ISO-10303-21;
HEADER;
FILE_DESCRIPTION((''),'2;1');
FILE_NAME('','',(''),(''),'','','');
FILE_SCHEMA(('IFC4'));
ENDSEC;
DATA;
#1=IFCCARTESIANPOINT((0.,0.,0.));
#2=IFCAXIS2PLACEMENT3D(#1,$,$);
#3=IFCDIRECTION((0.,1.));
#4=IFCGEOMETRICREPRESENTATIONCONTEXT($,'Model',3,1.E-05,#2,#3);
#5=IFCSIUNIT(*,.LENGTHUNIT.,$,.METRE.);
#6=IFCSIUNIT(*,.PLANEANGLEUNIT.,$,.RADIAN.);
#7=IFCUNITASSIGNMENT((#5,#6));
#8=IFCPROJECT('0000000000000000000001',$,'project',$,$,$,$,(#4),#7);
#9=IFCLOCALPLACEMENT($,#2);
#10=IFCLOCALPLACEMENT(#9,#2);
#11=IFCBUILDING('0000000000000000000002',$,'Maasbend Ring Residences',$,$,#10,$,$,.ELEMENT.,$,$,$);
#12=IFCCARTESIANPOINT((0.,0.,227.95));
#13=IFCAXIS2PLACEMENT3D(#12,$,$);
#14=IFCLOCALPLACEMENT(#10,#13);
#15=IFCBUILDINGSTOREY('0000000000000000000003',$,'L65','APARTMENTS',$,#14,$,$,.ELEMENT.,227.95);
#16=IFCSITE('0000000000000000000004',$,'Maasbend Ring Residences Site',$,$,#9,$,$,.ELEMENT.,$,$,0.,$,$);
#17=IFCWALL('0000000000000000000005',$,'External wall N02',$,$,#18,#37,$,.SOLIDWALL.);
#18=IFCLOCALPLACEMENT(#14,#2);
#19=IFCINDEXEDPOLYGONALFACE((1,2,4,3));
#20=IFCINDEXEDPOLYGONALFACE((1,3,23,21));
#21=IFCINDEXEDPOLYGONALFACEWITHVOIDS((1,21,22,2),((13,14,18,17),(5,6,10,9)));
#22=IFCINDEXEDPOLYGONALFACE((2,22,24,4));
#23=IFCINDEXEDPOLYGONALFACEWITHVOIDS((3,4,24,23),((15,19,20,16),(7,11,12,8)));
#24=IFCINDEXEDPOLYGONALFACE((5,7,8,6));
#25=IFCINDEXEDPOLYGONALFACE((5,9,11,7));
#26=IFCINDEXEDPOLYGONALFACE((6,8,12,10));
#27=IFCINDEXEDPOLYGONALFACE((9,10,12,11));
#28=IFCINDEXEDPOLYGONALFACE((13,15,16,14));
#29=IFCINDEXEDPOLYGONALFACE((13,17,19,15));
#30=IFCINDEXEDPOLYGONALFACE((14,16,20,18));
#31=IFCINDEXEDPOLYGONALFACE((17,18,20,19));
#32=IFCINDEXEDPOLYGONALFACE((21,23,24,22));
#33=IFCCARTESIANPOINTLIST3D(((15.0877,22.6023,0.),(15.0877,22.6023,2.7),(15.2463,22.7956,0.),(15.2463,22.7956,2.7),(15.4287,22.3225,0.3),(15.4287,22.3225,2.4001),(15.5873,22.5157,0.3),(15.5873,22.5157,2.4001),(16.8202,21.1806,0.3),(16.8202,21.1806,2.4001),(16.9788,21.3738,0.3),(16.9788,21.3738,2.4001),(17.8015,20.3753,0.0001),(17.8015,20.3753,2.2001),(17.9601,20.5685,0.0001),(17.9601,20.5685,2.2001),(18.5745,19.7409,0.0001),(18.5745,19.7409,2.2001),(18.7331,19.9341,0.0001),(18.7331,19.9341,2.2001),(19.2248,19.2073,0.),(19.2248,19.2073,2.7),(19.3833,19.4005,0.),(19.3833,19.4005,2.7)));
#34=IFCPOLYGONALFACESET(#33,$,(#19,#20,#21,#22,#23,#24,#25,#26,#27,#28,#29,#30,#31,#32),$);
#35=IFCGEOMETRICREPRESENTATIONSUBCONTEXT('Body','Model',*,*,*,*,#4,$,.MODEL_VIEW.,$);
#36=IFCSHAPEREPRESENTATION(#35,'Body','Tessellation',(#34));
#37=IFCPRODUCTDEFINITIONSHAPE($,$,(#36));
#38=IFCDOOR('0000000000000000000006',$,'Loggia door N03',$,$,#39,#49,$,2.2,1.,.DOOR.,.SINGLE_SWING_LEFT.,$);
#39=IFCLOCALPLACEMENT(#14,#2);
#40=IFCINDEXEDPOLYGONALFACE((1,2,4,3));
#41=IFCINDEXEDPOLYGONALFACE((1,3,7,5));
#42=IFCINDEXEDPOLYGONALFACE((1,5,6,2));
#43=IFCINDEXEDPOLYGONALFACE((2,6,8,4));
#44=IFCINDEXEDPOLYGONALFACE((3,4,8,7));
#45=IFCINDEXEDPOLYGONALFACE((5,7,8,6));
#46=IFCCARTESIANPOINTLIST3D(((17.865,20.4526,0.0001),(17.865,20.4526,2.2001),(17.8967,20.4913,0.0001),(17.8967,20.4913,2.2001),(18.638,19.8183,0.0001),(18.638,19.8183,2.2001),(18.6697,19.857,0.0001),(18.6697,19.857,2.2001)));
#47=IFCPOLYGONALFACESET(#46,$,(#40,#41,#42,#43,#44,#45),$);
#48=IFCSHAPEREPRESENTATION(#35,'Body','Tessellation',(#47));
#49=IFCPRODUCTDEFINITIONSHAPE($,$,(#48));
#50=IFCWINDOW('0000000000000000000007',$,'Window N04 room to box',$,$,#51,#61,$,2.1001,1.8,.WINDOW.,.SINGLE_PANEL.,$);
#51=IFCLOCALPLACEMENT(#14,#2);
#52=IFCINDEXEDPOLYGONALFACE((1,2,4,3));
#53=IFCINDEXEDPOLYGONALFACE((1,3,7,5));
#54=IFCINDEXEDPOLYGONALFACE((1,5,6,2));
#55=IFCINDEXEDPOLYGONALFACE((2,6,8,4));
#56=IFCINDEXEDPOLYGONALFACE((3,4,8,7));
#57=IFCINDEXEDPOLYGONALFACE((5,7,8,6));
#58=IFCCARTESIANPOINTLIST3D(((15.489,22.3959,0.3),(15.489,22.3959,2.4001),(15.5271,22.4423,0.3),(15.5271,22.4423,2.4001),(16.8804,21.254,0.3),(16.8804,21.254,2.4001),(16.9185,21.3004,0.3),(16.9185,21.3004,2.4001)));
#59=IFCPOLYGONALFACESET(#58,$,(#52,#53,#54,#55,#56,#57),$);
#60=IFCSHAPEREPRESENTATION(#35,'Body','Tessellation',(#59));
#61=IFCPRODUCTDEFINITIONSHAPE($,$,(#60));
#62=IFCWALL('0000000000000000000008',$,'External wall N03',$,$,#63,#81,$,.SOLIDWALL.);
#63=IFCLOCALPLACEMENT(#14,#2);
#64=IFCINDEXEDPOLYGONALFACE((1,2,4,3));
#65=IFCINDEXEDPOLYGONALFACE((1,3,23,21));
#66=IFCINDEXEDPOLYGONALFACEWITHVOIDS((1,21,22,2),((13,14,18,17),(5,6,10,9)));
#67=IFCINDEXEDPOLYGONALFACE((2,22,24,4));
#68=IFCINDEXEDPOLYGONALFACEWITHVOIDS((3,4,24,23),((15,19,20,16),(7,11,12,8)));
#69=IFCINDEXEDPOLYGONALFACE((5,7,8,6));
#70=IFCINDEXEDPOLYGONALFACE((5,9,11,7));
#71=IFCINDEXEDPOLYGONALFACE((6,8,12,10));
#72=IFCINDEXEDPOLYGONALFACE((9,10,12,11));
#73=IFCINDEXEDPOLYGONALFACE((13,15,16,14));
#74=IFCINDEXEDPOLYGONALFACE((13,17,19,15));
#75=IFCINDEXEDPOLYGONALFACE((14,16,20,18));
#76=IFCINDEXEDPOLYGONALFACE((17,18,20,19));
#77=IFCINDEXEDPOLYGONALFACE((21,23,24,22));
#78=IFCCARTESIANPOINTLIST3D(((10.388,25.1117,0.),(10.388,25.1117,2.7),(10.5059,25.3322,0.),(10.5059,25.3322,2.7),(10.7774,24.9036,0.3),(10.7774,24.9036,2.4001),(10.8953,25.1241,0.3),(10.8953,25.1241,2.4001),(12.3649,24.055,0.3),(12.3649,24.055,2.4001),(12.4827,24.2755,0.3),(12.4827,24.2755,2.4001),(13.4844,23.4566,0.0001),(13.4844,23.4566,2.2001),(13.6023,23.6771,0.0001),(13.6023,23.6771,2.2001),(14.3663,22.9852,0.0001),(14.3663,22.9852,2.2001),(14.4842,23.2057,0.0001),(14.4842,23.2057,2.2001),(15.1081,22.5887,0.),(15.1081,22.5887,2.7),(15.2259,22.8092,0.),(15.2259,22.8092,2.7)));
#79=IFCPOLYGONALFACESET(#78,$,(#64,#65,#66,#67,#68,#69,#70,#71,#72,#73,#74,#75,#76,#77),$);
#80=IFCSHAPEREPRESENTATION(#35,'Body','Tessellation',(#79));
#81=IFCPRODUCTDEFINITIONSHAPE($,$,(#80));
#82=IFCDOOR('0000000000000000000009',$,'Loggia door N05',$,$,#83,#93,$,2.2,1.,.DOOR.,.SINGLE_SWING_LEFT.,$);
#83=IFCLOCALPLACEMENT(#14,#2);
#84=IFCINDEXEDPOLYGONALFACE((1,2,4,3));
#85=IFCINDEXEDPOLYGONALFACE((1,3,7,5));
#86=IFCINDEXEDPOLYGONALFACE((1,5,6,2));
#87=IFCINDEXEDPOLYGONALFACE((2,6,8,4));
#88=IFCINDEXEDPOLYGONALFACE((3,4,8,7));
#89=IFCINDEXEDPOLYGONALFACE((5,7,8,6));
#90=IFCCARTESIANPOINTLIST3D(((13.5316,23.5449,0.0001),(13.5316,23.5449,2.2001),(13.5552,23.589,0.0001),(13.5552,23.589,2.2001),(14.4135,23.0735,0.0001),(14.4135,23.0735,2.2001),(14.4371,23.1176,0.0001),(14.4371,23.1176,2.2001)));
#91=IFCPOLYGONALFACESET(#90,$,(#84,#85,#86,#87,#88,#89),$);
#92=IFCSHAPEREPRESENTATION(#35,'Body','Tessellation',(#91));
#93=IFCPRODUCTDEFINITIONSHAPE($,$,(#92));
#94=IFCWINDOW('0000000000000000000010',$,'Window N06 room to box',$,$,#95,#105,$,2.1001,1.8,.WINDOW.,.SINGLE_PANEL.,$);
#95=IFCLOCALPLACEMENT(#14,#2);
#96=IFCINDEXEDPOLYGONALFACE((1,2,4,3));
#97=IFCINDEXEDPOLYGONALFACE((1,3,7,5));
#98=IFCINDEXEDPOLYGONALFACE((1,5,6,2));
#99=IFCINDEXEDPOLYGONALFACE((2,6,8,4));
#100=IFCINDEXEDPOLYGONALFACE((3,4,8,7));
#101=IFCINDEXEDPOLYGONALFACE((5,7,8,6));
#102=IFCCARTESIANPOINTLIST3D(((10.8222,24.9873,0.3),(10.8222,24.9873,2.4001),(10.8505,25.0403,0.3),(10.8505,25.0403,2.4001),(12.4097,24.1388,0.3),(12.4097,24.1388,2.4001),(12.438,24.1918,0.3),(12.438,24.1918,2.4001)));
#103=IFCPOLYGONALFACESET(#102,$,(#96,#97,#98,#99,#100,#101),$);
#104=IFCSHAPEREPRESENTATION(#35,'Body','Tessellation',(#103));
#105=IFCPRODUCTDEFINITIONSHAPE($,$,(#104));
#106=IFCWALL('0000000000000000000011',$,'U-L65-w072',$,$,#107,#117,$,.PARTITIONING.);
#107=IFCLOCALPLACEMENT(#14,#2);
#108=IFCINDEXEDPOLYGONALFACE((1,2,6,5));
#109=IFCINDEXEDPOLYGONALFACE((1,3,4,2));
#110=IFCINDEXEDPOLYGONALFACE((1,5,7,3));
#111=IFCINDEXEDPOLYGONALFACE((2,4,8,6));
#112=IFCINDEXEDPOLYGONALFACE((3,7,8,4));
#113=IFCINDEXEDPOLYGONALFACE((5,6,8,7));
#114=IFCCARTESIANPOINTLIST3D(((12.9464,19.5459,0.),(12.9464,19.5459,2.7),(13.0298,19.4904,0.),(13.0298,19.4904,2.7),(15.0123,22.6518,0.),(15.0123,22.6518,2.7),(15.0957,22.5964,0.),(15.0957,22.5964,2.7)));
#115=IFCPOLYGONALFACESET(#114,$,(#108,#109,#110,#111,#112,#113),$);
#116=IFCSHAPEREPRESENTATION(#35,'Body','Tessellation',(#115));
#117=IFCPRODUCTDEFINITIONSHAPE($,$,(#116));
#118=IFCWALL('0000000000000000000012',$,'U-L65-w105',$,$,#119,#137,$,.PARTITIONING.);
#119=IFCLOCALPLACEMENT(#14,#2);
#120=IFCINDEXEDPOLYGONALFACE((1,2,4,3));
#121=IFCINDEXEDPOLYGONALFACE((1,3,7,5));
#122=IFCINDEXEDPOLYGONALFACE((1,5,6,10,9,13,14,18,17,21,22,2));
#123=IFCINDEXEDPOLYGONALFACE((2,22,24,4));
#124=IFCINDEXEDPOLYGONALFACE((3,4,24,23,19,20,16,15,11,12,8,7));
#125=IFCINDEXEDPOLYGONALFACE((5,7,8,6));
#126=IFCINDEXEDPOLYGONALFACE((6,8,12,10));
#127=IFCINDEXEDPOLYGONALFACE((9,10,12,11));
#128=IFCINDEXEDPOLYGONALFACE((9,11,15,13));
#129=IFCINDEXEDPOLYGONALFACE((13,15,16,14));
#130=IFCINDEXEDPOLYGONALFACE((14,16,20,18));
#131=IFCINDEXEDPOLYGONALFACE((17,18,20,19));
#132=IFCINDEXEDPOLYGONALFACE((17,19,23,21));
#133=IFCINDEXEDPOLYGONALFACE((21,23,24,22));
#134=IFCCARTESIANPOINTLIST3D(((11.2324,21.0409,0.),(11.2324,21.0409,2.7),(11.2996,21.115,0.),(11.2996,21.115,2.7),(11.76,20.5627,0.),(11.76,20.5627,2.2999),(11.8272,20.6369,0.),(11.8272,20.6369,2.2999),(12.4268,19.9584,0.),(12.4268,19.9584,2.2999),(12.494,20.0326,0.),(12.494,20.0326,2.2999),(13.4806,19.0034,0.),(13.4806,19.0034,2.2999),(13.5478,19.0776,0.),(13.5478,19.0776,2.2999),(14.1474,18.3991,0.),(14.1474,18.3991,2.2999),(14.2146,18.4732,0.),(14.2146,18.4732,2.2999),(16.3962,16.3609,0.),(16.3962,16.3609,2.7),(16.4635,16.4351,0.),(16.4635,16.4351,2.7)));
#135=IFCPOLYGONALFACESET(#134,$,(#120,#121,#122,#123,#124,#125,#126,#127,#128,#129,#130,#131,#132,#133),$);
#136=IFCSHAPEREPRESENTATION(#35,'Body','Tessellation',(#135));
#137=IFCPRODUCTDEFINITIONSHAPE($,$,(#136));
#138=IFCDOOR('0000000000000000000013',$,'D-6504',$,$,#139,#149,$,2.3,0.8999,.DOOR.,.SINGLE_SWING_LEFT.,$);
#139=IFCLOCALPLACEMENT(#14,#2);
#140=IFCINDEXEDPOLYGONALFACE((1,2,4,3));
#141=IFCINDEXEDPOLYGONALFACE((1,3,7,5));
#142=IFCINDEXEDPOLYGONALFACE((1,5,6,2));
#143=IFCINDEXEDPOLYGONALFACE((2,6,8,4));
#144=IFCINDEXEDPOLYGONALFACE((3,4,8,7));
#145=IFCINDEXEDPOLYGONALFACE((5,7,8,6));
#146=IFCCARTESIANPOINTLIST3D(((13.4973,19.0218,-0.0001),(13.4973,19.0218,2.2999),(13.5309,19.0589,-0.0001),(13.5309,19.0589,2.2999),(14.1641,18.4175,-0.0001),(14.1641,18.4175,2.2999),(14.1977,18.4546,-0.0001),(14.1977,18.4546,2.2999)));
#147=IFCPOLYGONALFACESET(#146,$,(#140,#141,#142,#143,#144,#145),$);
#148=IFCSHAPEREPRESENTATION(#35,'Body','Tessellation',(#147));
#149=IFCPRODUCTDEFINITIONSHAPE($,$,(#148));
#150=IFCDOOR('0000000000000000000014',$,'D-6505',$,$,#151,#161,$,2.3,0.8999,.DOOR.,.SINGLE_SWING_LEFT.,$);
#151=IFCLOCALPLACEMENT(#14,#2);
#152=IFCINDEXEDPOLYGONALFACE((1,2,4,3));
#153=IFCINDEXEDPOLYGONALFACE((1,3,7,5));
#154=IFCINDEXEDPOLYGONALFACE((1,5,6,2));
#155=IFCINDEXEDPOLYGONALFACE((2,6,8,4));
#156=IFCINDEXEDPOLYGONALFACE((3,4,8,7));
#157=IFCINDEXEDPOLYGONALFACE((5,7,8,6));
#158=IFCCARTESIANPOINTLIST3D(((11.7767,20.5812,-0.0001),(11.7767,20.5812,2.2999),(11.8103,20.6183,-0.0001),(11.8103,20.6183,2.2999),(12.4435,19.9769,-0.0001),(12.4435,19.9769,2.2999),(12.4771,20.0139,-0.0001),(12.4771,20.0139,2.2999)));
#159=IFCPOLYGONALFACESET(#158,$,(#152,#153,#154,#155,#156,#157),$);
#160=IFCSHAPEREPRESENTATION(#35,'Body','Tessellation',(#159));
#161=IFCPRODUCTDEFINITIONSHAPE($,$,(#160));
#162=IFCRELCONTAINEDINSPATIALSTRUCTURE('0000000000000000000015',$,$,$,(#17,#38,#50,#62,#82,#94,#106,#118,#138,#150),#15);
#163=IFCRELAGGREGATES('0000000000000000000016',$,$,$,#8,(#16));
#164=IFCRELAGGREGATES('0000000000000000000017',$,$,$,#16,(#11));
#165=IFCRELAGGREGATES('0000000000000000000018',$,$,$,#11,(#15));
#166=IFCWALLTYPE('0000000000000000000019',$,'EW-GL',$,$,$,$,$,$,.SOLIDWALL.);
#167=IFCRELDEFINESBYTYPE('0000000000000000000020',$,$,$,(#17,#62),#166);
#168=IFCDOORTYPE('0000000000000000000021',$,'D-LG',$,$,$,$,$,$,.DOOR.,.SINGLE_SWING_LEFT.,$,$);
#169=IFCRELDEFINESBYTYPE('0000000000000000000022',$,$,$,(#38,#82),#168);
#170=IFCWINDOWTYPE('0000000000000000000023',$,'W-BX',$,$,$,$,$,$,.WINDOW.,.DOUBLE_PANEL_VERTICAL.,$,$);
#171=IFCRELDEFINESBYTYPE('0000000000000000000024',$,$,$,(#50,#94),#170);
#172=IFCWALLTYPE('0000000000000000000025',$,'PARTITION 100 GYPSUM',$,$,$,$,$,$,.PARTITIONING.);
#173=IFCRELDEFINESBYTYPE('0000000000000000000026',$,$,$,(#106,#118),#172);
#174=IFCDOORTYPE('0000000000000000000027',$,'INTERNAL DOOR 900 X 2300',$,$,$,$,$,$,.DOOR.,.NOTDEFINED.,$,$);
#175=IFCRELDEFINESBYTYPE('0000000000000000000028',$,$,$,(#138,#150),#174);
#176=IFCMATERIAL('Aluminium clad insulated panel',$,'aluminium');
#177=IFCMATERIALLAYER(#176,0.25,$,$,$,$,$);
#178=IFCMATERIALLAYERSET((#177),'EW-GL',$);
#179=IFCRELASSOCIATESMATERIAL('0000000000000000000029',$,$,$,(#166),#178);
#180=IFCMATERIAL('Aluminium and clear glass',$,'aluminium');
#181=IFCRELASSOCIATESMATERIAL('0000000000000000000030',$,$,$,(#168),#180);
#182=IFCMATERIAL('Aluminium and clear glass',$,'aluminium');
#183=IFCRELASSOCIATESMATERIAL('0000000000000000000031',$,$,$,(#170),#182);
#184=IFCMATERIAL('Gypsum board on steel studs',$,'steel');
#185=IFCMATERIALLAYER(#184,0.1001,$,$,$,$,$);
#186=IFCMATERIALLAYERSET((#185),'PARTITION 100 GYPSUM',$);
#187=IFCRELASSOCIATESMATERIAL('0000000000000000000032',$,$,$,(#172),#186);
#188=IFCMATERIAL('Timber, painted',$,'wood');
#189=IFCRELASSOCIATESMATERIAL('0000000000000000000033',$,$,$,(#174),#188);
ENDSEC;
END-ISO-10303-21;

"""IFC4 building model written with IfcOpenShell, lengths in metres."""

from ifc_helpers import new_model, si_unit, direction, frame, frame_2d, origin, place, context, subcontext, project, spatial, rectangle, extrude, material, layer, layer_set, type_object, element, fill, save


model = new_model("IFC4")

# Units and contexts
model_context = context("Model", 3, precision=1e-05, world=origin(), true_north=direction((0.0, 1.0)))
body_context = subcontext(model_context, "Body", "Model", "MODEL_VIEW")
ifc_project = project(units=[si_unit("LENGTHUNIT", "METRE"), si_unit("PLANEANGLEUNIT", "RADIAN")], contexts=[model_context])

# Site, building, storey
site_placement = place(None, origin())
site = spatial("IfcSite", under=ifc_project, at=site_placement, Name="Maasbend Ring Residences Site", CompositionType="ELEMENT", RefElevation=0.0)
building_placement = place(site_placement, origin())
building = spatial("IfcBuilding", under=site, at=building_placement, Name="Maasbend Ring Residences", CompositionType="ELEMENT")
storey_placement = place(building_placement, frame((0.0, 0.0, 227.95)))
storey = spatial("IfcBuildingStorey", under=building, at=storey_placement, Name="L65", Description="APARTMENTS", CompositionType="ELEMENT", Elevation=227.95)

# Walls, openings, doors, windows
ifc_material_1 = material(Name="Aluminium clad insulated panel", Category="aluminium")
ifc_layer_1 = layer(ifc_material_1, 0.25)
ifc_layer_set_1 = layer_set([ifc_layer_1], Name="EW-GL")
wall_type_1 = type_object("IfcWallType", Name="EW-GL", PredefinedType="SOLIDWALL", material=ifc_layer_set_1)
wall_1_placement = place(storey_placement, frame((19.304, 19.304, 0.0), z_axis=(0.0, 0.0, 1.0), x_axis=(-0.773019, 0.634382, 0.0)))
wall_1 = element("IfcWall", 1, at=wall_1_placement, inside=storey, type_object=wall_type_1, Name="External wall N02", PredefinedType="SOLIDWALL", context=body_context, shape_type="SweptSolid", body=[
    extrude(rectangle(XDim=5.3518, YDim=0.25, at=frame_2d((2.6758, 0.0))), origin(), (0.0, 0.0, 1.0), 2.7),
])
opening_1_placement = place(wall_1_placement, frame((0.8411, 0.0, 0.0)))
opening_1 = element("IfcOpeningElement", 2, at=opening_1_placement, cuts=wall_1, PredefinedType="OPENING", context=body_context, shape_type="SweptSolid", body=[
    extrude(rectangle(XDim=1.0, YDim=2.2, at=frame_2d((0.5, 1.1001))), frame((0.0, 0.135, 0.0), z_axis=(0.0, -1.0, 0.0), x_axis=(1.0, 0.0, 0.0)), (0.0, 0.0, 1.0), 0.27),
])
opening_2_placement = place(wall_1_placement, frame((3.1106, 0.0, 0.3)))
opening_2 = element("IfcOpeningElement", 3, at=opening_2_placement, cuts=wall_1, PredefinedType="OPENING", context=body_context, shape_type="SweptSolid", body=[
    extrude(rectangle(XDim=1.8, YDim=2.1001, at=frame_2d((0.8999, 1.05))), frame((0.0, 0.135, 0.0), z_axis=(0.0, -1.0, 0.0), x_axis=(1.0, 0.0, 0.0)), (0.0, 0.0, 1.0), 0.27),
])
ifc_material_2 = material(Name="Aluminium and clear glass", Category="aluminium")
door_type_1 = type_object("IfcDoorType", Name="D-LG", OperationType="SINGLE_SWING_LEFT", PredefinedType="DOOR", material=ifc_material_2)
door_1_placement = place(opening_1_placement, origin())
door_1 = element("IfcDoor", 4, at=door_1_placement, inside=storey, type_object=door_type_1, Name="Loggia door N03", OperationType="SINGLE_SWING_LEFT", OverallHeight=2.2, OverallWidth=1.0, PredefinedType="DOOR", context=body_context, shape_type="SweptSolid", body=[
    extrude(rectangle(XDim=1.0, YDim=2.2, at=frame_2d((0.5, 1.1001))), frame((0.0, 0.0249, 0.0), z_axis=(0.0, -1.0, 0.0), x_axis=(1.0, 0.0, 0.0)), (0.0, 0.0, 1.0), 0.05),
])
fill(opening_1, door_1)
ifc_material_3 = material(Name="Aluminium and clear glass", Category="aluminium")
window_type_1 = type_object("IfcWindowType", Name="W-BX", PartitioningType="DOUBLE_PANEL_VERTICAL", PredefinedType="WINDOW", material=ifc_material_3)
window_1_placement = place(opening_2_placement, origin())
window_1 = element("IfcWindow", 5, at=window_1_placement, inside=storey, type_object=window_type_1, Name="Window N04 room to box", OverallHeight=2.1001, OverallWidth=1.8, PartitioningType="SINGLE_PANEL", PredefinedType="WINDOW", context=body_context, shape_type="SweptSolid", body=[
    extrude(rectangle(XDim=1.8, YDim=2.1001, at=frame_2d((0.8999, 1.05))), frame((0.0, 0.03, 0.0), z_axis=(0.0, -1.0, 0.0), x_axis=(1.0, 0.0, 0.0)), (0.0, 0.0, 1.0), 0.0601),
])
fill(opening_2, window_1)
wall_2_placement = place(storey_placement, frame((15.167, 22.699, 0.0), z_axis=(0.0, 0.0, 1.0), x_axis=(-0.881916, 0.471407, 0.0)))
wall_2 = element("IfcWall", 6, at=wall_2_placement, inside=storey, type_object=wall_type_1, Name="External wall N03", PredefinedType="SOLIDWALL", context=body_context, shape_type="SweptSolid", body=[
    extrude(rectangle(XDim=5.3521, YDim=0.25, at=frame_2d((2.676, 0.0))), origin(), (0.0, 0.0, 1.0), 2.7),
])
opening_3_placement = place(wall_2_placement, frame((0.8411, 0.0, 0.0)))
opening_3 = element("IfcOpeningElement", 7, at=opening_3_placement, cuts=wall_2, PredefinedType="OPENING", context=body_context, shape_type="SweptSolid", body=[
    extrude(rectangle(XDim=1.0, YDim=2.2, at=frame_2d((0.5, 1.1001))), frame((0.0, 0.135, 0.0), z_axis=(0.0, -1.0, 0.0), x_axis=(1.0, 0.0, 0.0)), (0.0, 0.0, 1.0), 0.27),
])
opening_4_placement = place(wall_2_placement, frame((3.1106, 0.0, 0.3)))
opening_4 = element("IfcOpeningElement", 8, at=opening_4_placement, cuts=wall_2, PredefinedType="OPENING", context=body_context, shape_type="SweptSolid", body=[
    extrude(rectangle(XDim=1.8, YDim=2.1001, at=frame_2d((0.8999, 1.05))), frame((0.0, 0.135, 0.0), z_axis=(0.0, -1.0, 0.0), x_axis=(1.0, 0.0, 0.0)), (0.0, 0.0, 1.0), 0.27),
])
door_2_placement = place(opening_3_placement, origin())
door_2 = element("IfcDoor", 9, at=door_2_placement, inside=storey, type_object=door_type_1, Name="Loggia door N05", OperationType="SINGLE_SWING_LEFT", OverallHeight=2.2, OverallWidth=1.0, PredefinedType="DOOR", context=body_context, shape_type="SweptSolid", body=[
    extrude(rectangle(XDim=1.0, YDim=2.2, at=frame_2d((0.5, 1.1001))), frame((0.0, 0.0249, 0.0), z_axis=(0.0, -1.0, 0.0), x_axis=(1.0, 0.0, 0.0)), (0.0, 0.0, 1.0), 0.05),
])
fill(opening_3, door_2)
window_2_placement = place(opening_4_placement, origin())
window_2 = element("IfcWindow", 10, at=window_2_placement, inside=storey, type_object=window_type_1, Name="Window N06 room to box", OverallHeight=2.1001, OverallWidth=1.8, PartitioningType="SINGLE_PANEL", PredefinedType="WINDOW", context=body_context, shape_type="SweptSolid", body=[
    extrude(rectangle(XDim=1.8, YDim=2.1001, at=frame_2d((0.8999, 1.05))), frame((0.0, 0.03, 0.0), z_axis=(0.0, -1.0, 0.0), x_axis=(1.0, 0.0, 0.0)), (0.0, 0.0, 1.0), 0.0601),
])
fill(opening_4, window_2)

# Wall
ifc_material_4 = material(Name="Gypsum board on steel studs", Category="steel")
ifc_layer_2 = layer(ifc_material_4, 0.1001)
ifc_layer_set_2 = layer_set([ifc_layer_2], Name="PARTITION 100 GYPSUM")
wall_type_2 = type_object("IfcWallType", Name="PARTITION 100 GYPSUM", PredefinedType="PARTITIONING", material=ifc_layer_set_2)
wall_3_placement = place(storey_placement, frame((12.988, 19.5181, 0.0), z_axis=(0.0, 0.0, 1.0), x_axis=(0.553824, 0.832634, 0.0)))
element("IfcWall", 11, at=wall_3_placement, inside=storey, type_object=wall_type_2, Name="U-L65-w072", PredefinedType="PARTITIONING", context=body_context, shape_type="SweptSolid", body=[
    extrude(rectangle(XDim=3.7302, YDim=0.1001, at=frame_2d((1.8652, 0.0))), origin(), (0.0, 0.0, 1.0), 2.7),
])

# Wall, openings, doors
wall_4_placement = place(storey_placement, frame((11.2661, 21.0779, 0.0), z_axis=(0.0, 0.0, 1.0), x_axis=(0.740971, -0.671537, 0.0)))
wall_4 = element("IfcWall", 12, at=wall_4_placement, inside=storey, type_object=wall_type_2, Name="U-L65-w105", PredefinedType="PARTITIONING", context=body_context, shape_type="SweptSolid", body=[
    extrude(rectangle(XDim=6.969, YDim=0.1001, at=frame_2d((3.4844, 0.0))), origin(), (0.0, 0.0, 1.0), 2.7),
])
opening_5_placement = place(wall_4_placement, frame((3.0339, 0.0, 0.0)))
opening_5 = element("IfcOpeningElement", 13, at=opening_5_placement, cuts=wall_4, PredefinedType="OPENING", context=body_context, shape_type="SweptSolid", body=[
    extrude(rectangle(XDim=0.8999, YDim=2.3, at=frame_2d((0.45, 1.1499))), frame((0.0, 0.0601, 0.0), z_axis=(0.0, -1.0, 0.0), x_axis=(1.0, 0.0, 0.0)), (0.0, 0.0, 1.0), 0.1201),
])
opening_6_placement = place(wall_4_placement, frame((0.7119, 0.0, 0.0)))
opening_6 = element("IfcOpeningElement", 14, at=opening_6_placement, cuts=wall_4, PredefinedType="OPENING", context=body_context, shape_type="SweptSolid", body=[
    extrude(rectangle(XDim=0.8999, YDim=2.3, at=frame_2d((0.45, 1.1499))), frame((0.0, 0.0601, 0.0), z_axis=(0.0, -1.0, 0.0), x_axis=(1.0, 0.0, 0.0)), (0.0, 0.0, 1.0), 0.1201),
])
ifc_material_5 = material(Name="Timber, painted", Category="wood")
door_type_2 = type_object("IfcDoorType", Name="INTERNAL DOOR 900 X 2300", OperationType="NOTDEFINED", PredefinedType="DOOR", material=ifc_material_5)
door_3_placement = place(opening_5_placement, origin())
door_3 = element("IfcDoor", 15, at=door_3_placement, inside=storey, type_object=door_type_2, Name="D-6504", OperationType="SINGLE_SWING_LEFT", OverallHeight=2.3, OverallWidth=0.8999, PredefinedType="DOOR", context=body_context, shape_type="SweptSolid", body=[
    extrude(rectangle(XDim=0.8999, YDim=2.3, at=frame_2d((0.45, 1.1499))), frame((0.0, 0.0249, 0.0), z_axis=(0.0, -1.0, 0.0), x_axis=(1.0, 0.0, 0.0)), (0.0, 0.0, 1.0), 0.05),
])
fill(opening_5, door_3)
door_4_placement = place(opening_6_placement, origin())
door_4 = element("IfcDoor", 16, at=door_4_placement, inside=storey, type_object=door_type_2, Name="D-6505", OperationType="SINGLE_SWING_LEFT", OverallHeight=2.3, OverallWidth=0.8999, PredefinedType="DOOR", context=body_context, shape_type="SweptSolid", body=[
    extrude(rectangle(XDim=0.8999, YDim=2.3, at=frame_2d((0.45, 1.1499))), frame((0.0, 0.0249, 0.0), z_axis=(0.0, -1.0, 0.0), x_axis=(1.0, 0.0, 0.0)), (0.0, 0.0, 1.0), 0.05),
])
fill(opening_6, door_4)

save(model, "model.ifc")
